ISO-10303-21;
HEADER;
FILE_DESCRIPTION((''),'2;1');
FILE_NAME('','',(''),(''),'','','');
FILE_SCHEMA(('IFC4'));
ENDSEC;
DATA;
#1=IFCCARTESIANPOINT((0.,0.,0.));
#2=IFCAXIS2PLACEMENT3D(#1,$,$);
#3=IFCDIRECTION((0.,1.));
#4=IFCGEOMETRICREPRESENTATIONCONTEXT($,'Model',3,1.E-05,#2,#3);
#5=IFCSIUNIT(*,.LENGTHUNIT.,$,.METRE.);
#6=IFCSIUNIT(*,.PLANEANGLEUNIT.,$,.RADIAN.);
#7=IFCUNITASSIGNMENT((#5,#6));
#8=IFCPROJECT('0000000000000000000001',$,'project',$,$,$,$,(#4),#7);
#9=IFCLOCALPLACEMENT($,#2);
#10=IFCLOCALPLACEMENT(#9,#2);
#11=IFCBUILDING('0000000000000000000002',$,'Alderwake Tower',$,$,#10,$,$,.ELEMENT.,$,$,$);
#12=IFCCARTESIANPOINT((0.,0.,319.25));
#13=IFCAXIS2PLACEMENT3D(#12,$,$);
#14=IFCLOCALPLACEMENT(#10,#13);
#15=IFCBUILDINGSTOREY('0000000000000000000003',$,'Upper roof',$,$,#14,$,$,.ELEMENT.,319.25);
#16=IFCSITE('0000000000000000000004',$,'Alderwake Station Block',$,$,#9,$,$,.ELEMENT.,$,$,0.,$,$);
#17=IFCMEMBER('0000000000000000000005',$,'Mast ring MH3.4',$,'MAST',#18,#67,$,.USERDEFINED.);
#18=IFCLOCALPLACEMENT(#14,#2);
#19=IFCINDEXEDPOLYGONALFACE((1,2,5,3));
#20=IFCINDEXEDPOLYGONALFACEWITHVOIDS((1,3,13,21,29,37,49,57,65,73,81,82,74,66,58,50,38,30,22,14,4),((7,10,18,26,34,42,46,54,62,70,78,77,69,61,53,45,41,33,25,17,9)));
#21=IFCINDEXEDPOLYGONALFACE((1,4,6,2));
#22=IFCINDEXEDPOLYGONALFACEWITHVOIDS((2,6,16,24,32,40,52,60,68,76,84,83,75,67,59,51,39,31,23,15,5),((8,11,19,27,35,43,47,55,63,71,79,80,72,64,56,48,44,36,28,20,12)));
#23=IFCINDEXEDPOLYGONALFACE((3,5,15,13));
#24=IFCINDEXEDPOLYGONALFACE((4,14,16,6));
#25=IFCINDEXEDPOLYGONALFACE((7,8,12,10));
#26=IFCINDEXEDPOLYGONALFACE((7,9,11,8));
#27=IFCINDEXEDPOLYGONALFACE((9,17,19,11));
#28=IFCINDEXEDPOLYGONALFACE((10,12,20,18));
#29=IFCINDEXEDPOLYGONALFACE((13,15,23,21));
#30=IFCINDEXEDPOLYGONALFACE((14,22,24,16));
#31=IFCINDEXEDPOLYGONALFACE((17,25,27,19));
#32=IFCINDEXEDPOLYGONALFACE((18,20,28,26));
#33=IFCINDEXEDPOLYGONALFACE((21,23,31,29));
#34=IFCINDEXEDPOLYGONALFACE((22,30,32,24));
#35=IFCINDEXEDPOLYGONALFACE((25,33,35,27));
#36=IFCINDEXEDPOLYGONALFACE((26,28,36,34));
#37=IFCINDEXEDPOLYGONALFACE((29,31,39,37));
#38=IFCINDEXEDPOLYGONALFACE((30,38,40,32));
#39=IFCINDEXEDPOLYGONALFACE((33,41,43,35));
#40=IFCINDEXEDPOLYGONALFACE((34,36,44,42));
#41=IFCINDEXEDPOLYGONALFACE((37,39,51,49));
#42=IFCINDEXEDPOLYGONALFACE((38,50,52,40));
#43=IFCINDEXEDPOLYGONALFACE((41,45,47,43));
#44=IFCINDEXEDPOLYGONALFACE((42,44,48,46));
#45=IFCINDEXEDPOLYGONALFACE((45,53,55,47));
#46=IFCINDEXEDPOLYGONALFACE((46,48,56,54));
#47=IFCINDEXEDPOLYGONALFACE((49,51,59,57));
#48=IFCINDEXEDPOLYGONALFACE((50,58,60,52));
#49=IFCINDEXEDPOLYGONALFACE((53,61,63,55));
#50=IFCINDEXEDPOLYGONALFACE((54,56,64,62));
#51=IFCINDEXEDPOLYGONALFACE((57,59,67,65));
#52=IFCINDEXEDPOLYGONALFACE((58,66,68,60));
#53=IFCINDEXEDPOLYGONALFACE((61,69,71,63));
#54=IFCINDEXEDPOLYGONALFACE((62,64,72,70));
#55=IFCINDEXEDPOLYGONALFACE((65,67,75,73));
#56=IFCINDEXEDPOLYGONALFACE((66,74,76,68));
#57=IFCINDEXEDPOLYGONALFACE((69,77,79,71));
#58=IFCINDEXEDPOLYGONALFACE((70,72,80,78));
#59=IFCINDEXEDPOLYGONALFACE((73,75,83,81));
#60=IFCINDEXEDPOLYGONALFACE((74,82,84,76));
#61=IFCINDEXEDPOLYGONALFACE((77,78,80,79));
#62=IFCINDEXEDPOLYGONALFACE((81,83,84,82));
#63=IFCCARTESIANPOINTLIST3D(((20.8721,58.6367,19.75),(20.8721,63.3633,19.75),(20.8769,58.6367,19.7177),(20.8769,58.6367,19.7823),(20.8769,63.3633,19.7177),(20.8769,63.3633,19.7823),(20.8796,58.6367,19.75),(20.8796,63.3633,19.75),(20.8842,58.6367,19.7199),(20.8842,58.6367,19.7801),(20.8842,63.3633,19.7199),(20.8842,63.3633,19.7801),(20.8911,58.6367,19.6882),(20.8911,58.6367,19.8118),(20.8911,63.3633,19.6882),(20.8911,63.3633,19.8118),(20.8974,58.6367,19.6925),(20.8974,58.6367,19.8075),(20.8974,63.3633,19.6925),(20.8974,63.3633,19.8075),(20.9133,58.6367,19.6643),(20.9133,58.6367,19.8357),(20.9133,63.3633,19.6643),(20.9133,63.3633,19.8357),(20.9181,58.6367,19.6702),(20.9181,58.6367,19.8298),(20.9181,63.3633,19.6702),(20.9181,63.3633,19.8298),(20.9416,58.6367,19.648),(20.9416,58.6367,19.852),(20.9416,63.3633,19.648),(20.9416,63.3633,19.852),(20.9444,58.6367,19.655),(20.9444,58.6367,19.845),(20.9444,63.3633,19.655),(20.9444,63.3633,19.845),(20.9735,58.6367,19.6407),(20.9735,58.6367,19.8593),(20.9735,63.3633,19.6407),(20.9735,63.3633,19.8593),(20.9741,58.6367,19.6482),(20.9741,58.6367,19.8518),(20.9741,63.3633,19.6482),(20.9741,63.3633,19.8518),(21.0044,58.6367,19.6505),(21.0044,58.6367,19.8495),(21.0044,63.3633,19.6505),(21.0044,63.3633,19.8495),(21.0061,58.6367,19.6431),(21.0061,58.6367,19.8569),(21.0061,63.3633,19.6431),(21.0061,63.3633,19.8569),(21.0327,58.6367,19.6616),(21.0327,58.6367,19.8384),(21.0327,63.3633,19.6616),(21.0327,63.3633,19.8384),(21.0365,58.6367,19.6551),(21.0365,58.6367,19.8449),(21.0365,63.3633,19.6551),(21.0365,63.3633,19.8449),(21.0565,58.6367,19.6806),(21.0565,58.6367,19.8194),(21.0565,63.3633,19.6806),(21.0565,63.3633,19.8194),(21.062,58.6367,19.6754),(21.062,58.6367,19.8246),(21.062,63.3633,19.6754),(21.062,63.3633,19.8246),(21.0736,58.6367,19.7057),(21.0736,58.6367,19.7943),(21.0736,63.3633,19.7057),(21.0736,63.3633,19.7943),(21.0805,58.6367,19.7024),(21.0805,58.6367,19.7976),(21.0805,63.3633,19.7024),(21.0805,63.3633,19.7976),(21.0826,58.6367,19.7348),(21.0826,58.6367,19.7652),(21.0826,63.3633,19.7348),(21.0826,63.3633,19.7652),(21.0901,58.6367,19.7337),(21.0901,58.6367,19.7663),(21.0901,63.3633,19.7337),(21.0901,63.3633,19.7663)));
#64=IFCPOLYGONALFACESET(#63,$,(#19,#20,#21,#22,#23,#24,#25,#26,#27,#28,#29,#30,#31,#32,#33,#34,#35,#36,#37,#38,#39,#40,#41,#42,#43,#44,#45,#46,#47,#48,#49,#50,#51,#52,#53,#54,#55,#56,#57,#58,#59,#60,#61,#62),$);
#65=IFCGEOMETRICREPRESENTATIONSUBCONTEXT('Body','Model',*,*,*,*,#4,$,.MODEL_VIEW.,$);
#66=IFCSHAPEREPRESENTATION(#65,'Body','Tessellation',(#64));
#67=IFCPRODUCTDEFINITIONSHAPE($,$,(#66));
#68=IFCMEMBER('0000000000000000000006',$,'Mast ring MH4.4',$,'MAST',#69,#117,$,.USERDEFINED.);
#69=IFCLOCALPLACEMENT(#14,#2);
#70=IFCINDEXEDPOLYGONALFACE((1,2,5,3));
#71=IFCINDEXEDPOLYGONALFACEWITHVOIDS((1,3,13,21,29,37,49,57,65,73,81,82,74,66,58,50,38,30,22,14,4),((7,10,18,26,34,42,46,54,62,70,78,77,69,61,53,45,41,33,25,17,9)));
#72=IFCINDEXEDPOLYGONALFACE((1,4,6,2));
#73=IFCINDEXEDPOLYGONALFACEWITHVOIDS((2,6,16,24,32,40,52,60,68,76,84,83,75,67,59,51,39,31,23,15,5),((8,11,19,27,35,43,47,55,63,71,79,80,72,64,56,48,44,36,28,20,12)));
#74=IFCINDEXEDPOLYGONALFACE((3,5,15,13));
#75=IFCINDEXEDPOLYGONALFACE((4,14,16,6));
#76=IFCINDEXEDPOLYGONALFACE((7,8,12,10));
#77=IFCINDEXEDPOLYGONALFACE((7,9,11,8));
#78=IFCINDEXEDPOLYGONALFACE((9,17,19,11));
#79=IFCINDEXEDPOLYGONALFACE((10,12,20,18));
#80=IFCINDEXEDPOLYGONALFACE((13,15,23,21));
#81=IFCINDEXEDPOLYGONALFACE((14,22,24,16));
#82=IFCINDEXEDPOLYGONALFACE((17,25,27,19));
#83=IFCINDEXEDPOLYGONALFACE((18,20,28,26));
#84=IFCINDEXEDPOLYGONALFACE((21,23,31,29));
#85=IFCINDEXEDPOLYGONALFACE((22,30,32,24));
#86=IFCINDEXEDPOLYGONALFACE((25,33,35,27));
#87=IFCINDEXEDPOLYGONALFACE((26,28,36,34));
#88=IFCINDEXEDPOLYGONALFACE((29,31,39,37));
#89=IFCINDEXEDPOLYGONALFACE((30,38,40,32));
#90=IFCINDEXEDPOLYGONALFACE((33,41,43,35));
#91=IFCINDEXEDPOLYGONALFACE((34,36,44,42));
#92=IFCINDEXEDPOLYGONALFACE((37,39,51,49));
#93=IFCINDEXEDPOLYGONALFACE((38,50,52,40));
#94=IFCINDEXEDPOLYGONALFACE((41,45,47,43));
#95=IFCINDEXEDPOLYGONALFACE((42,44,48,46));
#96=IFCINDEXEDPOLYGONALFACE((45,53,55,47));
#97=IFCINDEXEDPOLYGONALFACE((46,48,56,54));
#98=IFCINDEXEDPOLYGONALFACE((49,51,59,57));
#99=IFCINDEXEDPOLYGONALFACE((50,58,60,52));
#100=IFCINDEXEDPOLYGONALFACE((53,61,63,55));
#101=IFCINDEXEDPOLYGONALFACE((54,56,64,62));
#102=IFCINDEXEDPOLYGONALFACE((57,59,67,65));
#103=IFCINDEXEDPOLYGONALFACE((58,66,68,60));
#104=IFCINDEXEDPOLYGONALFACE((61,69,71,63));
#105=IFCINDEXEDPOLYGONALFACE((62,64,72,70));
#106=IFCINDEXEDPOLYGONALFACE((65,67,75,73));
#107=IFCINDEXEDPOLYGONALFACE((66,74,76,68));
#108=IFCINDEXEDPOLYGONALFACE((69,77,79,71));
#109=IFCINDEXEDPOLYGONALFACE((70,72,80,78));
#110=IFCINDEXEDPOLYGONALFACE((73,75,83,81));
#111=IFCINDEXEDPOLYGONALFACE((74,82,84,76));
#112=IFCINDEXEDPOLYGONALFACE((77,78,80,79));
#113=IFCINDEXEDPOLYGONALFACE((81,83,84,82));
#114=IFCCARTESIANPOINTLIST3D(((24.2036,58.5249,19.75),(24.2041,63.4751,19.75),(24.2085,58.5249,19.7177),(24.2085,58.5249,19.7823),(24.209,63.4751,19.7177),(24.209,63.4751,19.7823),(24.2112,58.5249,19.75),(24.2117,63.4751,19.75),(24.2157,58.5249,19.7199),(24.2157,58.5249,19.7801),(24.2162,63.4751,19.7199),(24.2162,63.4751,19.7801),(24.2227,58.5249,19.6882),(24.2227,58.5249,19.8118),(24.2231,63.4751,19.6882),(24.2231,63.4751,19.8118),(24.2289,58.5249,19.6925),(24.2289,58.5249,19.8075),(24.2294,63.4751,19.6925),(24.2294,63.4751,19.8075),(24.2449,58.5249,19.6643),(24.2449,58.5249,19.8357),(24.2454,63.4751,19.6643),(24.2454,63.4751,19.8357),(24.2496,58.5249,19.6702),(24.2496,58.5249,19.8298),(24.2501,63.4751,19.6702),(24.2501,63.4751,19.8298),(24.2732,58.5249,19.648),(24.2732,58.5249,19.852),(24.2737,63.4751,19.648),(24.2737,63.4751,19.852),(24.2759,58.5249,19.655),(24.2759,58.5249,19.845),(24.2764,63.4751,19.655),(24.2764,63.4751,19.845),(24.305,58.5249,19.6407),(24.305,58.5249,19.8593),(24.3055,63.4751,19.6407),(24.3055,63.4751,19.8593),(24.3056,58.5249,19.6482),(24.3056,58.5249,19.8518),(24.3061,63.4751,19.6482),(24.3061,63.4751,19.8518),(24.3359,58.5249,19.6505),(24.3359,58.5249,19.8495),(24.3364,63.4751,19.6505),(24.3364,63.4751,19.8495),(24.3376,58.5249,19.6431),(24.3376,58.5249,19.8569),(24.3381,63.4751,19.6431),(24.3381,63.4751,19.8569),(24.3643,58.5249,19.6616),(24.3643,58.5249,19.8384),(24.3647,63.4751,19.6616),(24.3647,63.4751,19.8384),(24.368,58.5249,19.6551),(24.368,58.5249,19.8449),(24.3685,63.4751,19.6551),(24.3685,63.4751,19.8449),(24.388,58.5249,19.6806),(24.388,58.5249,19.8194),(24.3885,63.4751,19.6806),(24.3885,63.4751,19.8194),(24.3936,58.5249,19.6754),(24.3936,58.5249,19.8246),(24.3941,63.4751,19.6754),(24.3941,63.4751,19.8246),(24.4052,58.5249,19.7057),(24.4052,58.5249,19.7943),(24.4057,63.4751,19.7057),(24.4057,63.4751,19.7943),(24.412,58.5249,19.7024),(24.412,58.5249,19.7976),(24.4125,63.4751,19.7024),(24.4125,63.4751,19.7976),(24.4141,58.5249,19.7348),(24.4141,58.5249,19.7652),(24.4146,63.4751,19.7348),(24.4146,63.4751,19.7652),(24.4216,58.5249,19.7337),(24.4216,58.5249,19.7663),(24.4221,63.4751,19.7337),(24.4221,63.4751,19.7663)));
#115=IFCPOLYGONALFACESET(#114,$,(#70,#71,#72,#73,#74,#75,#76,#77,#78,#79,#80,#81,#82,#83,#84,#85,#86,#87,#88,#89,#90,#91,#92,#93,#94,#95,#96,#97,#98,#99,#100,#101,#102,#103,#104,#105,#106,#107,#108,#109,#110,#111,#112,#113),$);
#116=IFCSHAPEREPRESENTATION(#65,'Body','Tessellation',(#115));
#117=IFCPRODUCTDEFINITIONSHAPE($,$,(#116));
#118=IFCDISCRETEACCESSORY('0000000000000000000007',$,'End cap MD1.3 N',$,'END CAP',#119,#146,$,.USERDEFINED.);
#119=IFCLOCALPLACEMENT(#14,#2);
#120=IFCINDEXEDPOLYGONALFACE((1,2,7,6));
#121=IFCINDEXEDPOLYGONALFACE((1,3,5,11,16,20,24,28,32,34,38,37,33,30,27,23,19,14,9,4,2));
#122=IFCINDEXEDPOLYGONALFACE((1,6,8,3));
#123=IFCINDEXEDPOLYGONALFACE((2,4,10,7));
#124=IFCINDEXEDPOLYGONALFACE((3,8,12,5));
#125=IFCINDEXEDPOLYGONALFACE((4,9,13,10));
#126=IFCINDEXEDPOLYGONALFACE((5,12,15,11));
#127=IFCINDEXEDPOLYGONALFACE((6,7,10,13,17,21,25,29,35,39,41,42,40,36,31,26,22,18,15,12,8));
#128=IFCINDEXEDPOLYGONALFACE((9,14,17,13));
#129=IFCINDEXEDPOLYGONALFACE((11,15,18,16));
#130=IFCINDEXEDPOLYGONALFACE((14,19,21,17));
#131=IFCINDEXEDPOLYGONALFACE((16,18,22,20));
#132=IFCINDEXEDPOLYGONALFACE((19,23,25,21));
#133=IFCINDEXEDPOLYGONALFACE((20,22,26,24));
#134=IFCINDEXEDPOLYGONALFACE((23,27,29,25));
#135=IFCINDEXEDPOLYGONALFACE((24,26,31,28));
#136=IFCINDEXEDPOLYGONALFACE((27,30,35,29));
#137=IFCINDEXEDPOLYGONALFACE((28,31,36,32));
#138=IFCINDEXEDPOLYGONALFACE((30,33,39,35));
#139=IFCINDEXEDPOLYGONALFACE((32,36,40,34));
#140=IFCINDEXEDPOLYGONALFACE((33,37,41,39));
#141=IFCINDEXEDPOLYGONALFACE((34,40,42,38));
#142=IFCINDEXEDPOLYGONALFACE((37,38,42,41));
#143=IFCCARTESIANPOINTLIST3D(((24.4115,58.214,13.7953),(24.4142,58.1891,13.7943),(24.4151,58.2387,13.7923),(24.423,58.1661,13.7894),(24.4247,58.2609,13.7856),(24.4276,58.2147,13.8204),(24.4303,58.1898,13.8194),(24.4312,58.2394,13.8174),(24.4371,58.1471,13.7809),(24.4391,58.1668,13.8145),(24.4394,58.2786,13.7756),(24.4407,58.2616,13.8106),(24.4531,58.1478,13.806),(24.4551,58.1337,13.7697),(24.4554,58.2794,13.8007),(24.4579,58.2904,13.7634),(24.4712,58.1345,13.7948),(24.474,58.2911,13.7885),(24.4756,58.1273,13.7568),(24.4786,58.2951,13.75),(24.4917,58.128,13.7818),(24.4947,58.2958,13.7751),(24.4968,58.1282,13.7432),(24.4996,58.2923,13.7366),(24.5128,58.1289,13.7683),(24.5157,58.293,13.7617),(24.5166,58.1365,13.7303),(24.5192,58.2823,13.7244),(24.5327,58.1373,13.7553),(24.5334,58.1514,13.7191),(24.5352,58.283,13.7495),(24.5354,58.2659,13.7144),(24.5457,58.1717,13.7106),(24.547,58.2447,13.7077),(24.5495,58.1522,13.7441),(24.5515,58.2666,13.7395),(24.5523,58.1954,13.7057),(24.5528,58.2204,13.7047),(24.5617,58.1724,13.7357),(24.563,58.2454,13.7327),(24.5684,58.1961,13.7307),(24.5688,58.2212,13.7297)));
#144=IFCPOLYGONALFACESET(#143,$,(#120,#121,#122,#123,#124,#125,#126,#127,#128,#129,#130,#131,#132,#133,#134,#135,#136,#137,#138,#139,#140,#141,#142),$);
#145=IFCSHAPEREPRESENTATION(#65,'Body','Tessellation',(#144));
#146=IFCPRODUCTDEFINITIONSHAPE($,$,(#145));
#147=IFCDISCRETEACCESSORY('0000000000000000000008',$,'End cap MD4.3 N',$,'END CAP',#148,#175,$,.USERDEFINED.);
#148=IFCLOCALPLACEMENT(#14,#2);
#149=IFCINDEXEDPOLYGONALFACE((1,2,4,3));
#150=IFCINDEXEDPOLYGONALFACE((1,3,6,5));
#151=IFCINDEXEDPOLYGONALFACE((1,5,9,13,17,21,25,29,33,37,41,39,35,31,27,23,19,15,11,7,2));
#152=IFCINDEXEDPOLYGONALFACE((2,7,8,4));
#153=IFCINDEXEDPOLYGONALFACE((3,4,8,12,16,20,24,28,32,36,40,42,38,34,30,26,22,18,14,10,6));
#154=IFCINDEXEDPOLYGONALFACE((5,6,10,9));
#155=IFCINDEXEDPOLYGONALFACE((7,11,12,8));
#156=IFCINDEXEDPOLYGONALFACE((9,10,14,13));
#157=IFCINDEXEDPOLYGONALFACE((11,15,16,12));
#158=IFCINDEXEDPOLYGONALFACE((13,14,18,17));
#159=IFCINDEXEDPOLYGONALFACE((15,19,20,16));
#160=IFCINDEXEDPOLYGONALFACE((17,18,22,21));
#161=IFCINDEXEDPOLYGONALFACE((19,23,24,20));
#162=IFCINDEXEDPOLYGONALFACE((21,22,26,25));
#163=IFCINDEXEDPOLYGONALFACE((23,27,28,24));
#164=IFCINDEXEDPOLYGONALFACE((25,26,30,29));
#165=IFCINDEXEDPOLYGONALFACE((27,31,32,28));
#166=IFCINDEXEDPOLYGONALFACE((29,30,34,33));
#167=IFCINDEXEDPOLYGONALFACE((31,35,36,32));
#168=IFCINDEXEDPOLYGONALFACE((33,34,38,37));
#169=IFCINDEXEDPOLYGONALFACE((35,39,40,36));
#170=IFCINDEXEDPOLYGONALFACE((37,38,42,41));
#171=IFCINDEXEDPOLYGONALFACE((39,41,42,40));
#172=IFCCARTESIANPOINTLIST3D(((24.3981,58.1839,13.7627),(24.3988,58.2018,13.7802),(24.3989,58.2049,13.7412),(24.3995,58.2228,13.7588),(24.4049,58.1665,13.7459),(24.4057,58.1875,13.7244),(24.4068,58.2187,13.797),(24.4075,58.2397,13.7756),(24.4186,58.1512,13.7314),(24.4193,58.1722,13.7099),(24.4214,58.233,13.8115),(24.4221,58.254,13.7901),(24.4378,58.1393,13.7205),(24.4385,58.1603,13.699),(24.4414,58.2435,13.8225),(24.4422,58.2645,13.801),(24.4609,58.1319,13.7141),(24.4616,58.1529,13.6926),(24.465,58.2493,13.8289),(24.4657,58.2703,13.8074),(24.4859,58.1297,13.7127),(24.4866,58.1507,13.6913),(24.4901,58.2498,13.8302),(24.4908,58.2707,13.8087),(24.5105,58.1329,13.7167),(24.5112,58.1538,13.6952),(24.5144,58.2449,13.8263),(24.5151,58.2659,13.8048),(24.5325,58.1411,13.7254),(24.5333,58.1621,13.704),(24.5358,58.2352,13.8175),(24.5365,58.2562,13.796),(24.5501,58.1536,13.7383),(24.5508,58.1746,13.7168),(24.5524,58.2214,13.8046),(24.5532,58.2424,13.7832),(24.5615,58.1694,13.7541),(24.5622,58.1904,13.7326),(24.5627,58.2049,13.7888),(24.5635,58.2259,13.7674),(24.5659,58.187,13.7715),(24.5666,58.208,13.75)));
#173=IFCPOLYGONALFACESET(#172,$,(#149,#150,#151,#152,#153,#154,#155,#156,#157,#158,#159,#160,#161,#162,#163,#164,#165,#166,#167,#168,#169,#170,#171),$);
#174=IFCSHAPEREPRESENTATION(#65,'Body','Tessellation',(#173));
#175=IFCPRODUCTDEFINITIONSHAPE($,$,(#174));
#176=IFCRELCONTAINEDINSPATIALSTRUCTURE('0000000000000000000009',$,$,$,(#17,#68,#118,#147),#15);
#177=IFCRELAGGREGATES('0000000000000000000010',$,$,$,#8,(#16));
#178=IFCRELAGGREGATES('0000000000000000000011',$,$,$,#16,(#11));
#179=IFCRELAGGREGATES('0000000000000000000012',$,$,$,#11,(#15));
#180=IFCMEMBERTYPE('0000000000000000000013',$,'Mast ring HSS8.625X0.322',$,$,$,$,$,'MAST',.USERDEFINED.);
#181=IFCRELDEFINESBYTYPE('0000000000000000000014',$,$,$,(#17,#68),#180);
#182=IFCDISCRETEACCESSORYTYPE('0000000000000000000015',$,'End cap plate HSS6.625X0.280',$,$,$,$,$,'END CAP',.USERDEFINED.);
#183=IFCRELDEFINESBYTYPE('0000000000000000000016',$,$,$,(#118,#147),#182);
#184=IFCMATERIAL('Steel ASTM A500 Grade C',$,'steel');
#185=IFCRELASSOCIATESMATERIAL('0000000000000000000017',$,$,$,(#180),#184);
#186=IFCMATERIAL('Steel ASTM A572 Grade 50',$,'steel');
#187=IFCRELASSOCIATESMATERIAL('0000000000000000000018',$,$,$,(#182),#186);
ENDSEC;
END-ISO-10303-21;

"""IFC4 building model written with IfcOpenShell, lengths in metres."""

from ifc_helpers import new_model, si_unit, direction, frame, origin, origin_2d, place, context, subcontext, project, spatial, circle, hollow_circle, extrude, material, material_profile, profile_set, type_object, element, save


model = new_model("IFC4")

# Units and contexts
model_context = context("Model", 3, precision=1e-05, world=origin(), true_north=direction((0.0, 1.0)))
body_context = subcontext(model_context, "Body", "Model", "MODEL_VIEW")
ifc_project = project(units=[si_unit("LENGTHUNIT", "METRE"), si_unit("PLANEANGLEUNIT", "RADIAN")], contexts=[model_context])

# Site, building, storey
site_placement = place(None, origin())
site = spatial("IfcSite", under=ifc_project, at=site_placement, Name="Alderwake Station Block", CompositionType="ELEMENT", RefElevation=0.0)
building_placement = place(site_placement, origin())
building = spatial("IfcBuilding", under=site, at=building_placement, Name="Alderwake Tower", CompositionType="ELEMENT")
storey_placement = place(building_placement, frame((0.0, 0.0, 319.25)))
storey = spatial("IfcBuildingStorey", under=building, at=storey_placement, Name="Upper roof", CompositionType="ELEMENT", Elevation=319.25)

# Members
ifc_material_1 = material(Name="Steel ASTM A500 Grade C", Category="steel")
ifc_material_profile_1 = material_profile(ifc_material_1, hollow_circle(Radius=0.1096, WallThickness=0.0076, at=origin_2d()), Name="HSS8.625X0.322")
ifc_profile_set_1 = profile_set([ifc_material_profile_1], Name="Steel ASTM A500 Grade C")
member_type_1 = type_object("IfcMemberType", Name="Mast ring HSS8.625X0.322", ElementType="MAST", PredefinedType="USERDEFINED", material=ifc_profile_set_1)
member_1_placement = place(storey_placement, frame((20.9817, 58.6367, 19.75), z_axis=(0.0, 1.0, 0.0), x_axis=(-1.0, 0.0, 0.0)))
element("IfcMember", 1, at=member_1_placement, inside=storey, type_object=member_type_1, Name="Mast ring MH3.4", ObjectType="MAST", PredefinedType="USERDEFINED", context=body_context, shape_type="SweptSolid", body=[
    extrude(hollow_circle(Radius=0.1096, WallThickness=0.0076, at=origin_2d()), origin(), (0.0, 0.0, 1.0), 4.7266),
])
member_2_placement = place(storey_placement, frame((24.3132, 58.5249, 19.75), z_axis=(0.000099, 1.0, 0.0), x_axis=(-1.0, 0.000099, 0.0)))
element("IfcMember", 2, at=member_2_placement, inside=storey, type_object=member_type_1, Name="Mast ring MH4.4", ObjectType="MAST", PredefinedType="USERDEFINED", context=body_context, shape_type="SweptSolid", body=[
    extrude(hollow_circle(Radius=0.1096, WallThickness=0.0076, at=origin_2d()), origin(), (0.0, 0.0, 1.0), 4.9502),
])

# Discrete accessories
ifc_material_2 = material(Name="Steel ASTM A572 Grade 50", Category="steel")
ifc_material_profile_2 = material_profile(ifc_material_2, circle(Radius=0.0842, at=origin_2d()), Name="HSS6.625X0.280 cap")
ifc_profile_set_2 = profile_set([ifc_material_profile_2], Name="Steel ASTM A572 Grade 50")
discrete_accessory_type = type_object("IfcDiscreteAccessoryType", Name="End cap plate HSS6.625X0.280", ElementType="END CAP", PredefinedType="USERDEFINED", material=ifc_profile_set_2)
discrete_accessory_1_placement = place(storey_placement, frame((24.4824, 58.2109, 13.75), z_axis=(0.539355, 0.024516, 0.841721), x_axis=(-0.045408, 0.998969, 0.0)))
element("IfcDiscreteAccessory", 3, at=discrete_accessory_1_placement, inside=storey, type_object=discrete_accessory_type, Name="End cap MD1.3 N", ObjectType="END CAP", PredefinedType="USERDEFINED", context=body_context, shape_type="SweptSolid", body=[
    extrude(circle(Radius=0.0842, at=origin_2d()), origin(), (0.0, 0.0, 1.0), 0.0298),
])
discrete_accessory_2_placement = place(storey_placement, frame((24.4824, 58.2109, 13.75), z_axis=(-0.024374, -0.698725, 0.714975), x_axis=(0.999392, -0.034863, 0.0)))
element("IfcDiscreteAccessory", 4, at=discrete_accessory_2_placement, inside=storey, type_object=discrete_accessory_type, Name="End cap MD4.3 N", ObjectType="END CAP", PredefinedType="USERDEFINED", context=body_context, shape_type="SweptSolid", body=[
    extrude(circle(Radius=0.0842, at=origin_2d()), origin(), (0.0, 0.0, 1.0), 0.03),
])

save(model, "model.ifc")
